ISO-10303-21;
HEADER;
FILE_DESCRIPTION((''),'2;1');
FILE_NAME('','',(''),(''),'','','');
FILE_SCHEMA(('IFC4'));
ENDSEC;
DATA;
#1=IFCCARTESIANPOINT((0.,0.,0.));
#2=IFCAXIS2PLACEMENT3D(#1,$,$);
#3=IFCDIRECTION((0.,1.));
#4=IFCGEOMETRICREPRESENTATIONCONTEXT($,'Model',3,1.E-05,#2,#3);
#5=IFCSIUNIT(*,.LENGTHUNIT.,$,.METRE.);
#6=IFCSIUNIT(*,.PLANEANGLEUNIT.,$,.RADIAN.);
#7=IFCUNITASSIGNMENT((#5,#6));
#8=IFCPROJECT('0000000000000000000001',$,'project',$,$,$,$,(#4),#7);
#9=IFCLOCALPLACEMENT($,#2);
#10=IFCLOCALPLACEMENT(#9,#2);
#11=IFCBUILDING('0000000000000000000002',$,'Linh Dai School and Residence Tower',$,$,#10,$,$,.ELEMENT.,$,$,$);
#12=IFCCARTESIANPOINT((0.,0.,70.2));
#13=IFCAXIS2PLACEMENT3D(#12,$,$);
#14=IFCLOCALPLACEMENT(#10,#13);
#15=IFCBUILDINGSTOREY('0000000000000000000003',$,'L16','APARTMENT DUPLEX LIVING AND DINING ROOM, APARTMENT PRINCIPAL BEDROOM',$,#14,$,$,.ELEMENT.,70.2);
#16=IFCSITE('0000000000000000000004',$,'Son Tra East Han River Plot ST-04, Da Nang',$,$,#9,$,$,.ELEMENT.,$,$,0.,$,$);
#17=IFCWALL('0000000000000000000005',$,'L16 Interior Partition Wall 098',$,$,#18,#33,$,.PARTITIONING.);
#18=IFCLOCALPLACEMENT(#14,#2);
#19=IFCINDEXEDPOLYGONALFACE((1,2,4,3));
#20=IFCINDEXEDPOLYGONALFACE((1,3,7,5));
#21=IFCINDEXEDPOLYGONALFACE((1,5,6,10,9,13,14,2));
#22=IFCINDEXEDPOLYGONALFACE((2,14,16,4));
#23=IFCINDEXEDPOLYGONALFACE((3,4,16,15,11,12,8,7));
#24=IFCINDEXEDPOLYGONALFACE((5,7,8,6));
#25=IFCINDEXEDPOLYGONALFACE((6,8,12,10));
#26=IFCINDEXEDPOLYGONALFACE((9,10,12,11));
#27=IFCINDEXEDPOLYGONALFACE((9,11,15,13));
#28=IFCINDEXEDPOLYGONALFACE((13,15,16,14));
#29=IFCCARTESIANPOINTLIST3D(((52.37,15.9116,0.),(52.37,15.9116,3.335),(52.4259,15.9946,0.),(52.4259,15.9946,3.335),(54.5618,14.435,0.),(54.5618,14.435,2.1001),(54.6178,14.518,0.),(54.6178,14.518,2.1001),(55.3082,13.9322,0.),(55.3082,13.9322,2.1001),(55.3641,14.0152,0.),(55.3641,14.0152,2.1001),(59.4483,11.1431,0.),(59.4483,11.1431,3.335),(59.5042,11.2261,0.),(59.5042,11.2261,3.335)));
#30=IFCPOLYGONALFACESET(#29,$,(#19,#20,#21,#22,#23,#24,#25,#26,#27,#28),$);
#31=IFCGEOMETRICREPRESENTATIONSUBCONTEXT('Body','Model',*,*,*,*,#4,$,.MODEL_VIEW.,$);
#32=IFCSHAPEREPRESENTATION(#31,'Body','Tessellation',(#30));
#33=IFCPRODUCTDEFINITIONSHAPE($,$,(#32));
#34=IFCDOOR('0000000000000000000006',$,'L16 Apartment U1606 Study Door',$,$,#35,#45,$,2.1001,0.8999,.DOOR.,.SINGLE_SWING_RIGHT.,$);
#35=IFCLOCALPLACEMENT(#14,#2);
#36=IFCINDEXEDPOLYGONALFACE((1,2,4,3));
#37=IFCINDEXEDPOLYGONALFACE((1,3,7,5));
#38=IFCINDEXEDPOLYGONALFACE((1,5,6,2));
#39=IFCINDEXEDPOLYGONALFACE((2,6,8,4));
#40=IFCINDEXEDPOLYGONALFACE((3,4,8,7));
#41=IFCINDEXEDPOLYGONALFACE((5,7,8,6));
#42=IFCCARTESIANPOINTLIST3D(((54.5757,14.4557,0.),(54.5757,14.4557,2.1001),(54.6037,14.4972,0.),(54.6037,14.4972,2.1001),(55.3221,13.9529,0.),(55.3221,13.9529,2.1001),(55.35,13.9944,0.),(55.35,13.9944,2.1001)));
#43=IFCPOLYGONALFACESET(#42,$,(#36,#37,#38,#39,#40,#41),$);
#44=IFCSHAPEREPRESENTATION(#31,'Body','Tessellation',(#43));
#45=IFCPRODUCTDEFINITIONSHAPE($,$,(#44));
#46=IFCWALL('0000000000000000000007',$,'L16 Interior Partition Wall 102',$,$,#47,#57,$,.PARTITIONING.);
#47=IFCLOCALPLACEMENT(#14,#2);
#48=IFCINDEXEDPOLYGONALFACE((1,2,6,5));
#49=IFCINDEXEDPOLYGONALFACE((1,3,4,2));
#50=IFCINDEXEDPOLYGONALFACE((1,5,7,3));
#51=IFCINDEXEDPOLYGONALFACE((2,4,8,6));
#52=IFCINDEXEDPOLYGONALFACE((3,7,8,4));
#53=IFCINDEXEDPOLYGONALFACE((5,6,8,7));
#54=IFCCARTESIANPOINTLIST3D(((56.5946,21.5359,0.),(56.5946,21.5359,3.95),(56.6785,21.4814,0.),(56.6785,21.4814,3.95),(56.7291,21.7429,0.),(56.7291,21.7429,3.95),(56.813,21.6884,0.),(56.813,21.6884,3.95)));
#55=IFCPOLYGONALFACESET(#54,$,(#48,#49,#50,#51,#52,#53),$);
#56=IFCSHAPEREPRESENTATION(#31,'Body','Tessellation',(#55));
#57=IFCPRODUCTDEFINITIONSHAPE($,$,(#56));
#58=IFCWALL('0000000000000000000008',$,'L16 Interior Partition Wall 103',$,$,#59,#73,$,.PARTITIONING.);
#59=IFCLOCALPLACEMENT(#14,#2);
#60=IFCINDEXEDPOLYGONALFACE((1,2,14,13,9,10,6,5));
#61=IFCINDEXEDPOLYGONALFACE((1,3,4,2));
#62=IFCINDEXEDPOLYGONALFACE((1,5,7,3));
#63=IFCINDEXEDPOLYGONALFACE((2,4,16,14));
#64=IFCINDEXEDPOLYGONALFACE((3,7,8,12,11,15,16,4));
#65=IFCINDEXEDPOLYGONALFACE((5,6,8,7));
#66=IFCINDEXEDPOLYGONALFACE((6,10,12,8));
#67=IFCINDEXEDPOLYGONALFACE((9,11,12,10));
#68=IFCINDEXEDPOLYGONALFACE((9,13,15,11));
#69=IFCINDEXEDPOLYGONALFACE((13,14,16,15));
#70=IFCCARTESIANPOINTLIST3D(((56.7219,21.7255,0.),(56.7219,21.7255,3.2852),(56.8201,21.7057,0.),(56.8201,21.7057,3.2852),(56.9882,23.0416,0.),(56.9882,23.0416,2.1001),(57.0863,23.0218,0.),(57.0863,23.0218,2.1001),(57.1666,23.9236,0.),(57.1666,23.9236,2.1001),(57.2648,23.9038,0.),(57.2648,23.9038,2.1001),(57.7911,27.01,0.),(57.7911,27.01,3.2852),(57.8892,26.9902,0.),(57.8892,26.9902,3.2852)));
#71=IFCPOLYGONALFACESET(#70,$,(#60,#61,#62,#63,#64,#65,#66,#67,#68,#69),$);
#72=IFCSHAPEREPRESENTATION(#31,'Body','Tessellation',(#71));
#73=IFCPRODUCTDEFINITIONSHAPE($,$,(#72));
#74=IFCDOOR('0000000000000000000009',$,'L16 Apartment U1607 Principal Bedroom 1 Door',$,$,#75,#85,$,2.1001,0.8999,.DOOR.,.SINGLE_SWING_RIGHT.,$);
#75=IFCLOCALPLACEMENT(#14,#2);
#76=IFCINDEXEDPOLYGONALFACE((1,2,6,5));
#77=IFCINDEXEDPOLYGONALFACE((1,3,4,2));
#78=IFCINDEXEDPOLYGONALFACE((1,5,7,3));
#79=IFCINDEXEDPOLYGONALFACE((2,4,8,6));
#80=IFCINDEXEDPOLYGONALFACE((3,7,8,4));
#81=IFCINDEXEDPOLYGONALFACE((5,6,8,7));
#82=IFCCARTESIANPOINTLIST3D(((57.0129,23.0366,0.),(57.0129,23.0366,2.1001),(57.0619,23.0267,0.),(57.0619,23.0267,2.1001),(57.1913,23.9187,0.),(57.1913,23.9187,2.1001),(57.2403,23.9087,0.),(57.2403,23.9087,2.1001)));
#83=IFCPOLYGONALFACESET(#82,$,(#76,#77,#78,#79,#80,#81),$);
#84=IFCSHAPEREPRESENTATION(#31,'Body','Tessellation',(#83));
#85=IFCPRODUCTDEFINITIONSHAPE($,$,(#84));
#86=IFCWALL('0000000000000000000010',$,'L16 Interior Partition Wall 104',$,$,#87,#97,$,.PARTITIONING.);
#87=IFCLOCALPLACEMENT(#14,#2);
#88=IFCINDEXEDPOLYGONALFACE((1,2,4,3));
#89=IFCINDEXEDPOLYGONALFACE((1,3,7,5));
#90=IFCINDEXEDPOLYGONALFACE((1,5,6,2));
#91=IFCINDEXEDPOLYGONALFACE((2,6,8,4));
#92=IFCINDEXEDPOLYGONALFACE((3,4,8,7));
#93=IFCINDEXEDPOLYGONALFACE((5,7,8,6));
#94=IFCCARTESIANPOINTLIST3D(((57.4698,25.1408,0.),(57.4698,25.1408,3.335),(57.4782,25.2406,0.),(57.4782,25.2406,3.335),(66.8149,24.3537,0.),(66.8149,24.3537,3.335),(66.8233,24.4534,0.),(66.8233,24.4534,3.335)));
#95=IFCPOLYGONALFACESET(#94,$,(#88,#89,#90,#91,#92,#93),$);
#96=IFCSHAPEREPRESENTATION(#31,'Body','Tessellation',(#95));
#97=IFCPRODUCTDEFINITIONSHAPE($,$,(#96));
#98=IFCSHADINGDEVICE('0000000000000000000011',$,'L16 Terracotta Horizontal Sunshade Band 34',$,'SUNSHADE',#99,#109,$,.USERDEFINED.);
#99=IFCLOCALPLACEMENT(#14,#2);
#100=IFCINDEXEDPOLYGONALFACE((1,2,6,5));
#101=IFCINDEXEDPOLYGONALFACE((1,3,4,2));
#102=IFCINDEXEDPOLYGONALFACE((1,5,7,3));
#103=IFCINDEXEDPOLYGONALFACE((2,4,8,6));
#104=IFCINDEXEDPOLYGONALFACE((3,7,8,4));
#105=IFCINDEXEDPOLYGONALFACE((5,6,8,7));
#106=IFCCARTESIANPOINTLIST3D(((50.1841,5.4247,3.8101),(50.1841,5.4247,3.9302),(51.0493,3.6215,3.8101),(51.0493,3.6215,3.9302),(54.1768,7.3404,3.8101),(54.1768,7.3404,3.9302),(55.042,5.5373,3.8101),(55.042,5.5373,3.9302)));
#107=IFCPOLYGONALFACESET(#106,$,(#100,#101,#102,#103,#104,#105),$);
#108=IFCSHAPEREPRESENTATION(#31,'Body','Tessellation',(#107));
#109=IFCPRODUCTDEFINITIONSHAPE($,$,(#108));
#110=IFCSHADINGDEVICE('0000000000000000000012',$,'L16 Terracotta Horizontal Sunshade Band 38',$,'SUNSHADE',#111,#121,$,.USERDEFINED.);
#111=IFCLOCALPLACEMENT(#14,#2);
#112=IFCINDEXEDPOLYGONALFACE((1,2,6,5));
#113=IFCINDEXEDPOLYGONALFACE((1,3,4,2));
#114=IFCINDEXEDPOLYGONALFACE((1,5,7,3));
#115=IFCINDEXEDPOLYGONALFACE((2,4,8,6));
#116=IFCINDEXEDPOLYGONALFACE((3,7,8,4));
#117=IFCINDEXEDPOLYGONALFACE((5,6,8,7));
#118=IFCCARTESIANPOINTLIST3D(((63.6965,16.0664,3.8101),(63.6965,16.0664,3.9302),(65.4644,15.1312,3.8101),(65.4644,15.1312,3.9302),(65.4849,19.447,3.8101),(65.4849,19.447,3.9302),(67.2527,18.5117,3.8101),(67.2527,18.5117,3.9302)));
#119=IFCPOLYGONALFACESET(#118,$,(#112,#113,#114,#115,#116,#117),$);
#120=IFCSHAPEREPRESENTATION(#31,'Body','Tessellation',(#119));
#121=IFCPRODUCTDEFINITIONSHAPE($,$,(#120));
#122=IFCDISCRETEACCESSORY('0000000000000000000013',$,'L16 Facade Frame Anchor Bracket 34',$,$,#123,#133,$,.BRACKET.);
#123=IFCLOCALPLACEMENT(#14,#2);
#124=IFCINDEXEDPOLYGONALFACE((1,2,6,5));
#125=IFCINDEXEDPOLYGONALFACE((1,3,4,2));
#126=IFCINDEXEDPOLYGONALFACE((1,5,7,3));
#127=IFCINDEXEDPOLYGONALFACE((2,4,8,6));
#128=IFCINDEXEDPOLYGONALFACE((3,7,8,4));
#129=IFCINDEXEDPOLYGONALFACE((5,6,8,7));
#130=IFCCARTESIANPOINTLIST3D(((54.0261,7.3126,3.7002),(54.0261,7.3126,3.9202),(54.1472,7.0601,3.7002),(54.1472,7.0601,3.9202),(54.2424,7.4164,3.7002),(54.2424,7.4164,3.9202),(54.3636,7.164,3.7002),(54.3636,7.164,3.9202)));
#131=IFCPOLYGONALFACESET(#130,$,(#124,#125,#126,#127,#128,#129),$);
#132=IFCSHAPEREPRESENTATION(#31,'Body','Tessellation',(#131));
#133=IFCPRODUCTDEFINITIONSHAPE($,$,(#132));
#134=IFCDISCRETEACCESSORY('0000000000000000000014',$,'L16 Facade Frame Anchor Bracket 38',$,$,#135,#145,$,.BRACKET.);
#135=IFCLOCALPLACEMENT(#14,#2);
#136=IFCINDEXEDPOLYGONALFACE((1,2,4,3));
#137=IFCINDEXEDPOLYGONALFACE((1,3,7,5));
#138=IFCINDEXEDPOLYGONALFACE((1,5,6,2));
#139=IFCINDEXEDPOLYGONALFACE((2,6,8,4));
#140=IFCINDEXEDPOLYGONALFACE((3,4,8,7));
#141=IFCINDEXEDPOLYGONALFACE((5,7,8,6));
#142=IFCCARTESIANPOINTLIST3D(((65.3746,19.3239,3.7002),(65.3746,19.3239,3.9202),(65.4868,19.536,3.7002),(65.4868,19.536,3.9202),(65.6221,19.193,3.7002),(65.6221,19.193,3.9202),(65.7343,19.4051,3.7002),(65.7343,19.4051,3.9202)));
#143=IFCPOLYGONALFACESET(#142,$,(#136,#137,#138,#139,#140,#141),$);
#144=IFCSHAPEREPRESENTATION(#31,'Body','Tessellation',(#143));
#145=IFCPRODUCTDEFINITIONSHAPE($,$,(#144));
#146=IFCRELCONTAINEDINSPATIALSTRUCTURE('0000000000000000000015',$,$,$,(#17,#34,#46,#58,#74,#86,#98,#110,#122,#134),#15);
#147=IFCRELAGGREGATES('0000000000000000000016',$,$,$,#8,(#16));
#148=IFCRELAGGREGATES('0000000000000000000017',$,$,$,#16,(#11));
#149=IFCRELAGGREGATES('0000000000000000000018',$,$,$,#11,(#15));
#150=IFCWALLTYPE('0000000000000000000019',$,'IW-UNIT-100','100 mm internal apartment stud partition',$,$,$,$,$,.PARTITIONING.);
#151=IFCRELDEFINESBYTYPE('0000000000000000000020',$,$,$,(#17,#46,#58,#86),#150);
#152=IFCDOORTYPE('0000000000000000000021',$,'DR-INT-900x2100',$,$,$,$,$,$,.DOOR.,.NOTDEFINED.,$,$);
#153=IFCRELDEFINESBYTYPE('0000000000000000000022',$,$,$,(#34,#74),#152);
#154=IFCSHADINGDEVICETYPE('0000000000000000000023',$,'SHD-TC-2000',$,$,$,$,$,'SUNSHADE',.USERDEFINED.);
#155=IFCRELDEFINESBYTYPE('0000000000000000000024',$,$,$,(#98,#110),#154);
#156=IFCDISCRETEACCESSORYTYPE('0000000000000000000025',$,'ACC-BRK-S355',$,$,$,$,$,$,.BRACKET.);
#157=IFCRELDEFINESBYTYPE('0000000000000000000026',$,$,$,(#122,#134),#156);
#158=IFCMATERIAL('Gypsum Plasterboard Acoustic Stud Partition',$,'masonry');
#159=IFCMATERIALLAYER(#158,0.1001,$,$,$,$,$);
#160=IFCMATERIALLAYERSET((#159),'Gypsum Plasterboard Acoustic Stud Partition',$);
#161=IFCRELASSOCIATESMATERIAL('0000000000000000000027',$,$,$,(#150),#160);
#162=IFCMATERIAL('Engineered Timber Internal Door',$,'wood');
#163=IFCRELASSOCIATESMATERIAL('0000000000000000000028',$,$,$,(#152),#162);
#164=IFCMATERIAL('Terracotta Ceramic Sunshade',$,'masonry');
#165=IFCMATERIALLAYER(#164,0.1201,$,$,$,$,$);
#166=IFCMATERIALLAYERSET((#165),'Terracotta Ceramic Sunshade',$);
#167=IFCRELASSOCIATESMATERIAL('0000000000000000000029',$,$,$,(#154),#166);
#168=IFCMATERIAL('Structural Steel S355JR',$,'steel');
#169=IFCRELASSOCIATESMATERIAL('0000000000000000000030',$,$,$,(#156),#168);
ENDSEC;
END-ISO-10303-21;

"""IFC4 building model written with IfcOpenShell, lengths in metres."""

from ifc_helpers import new_model, si_unit, direction, frame, frame_2d, origin, origin_2d, place, context, subcontext, project, spatial, rectangle, extrude, source, transform, mapped, material, layer, layer_set, type_object, element, fill, save


model = new_model("IFC4")

# Units and contexts
model_context = context("Model", 3, precision=1e-05, world=origin(), true_north=direction((0.0, 1.0)))
body_context = subcontext(model_context, "Body", "Model", "MODEL_VIEW")
ifc_project = project(units=[si_unit("LENGTHUNIT", "METRE"), si_unit("PLANEANGLEUNIT", "RADIAN")], contexts=[model_context])

# Site, building, storey
site_placement = place(None, origin())
site = spatial("IfcSite", under=ifc_project, at=site_placement, Name="Son Tra East Han River Plot ST-04, Da Nang", CompositionType="ELEMENT", RefElevation=0.0)
building_placement = place(site_placement, origin())
building = spatial("IfcBuilding", under=site, at=building_placement, Name="Linh Dai School and Residence Tower", CompositionType="ELEMENT")
storey_placement = place(building_placement, frame((0.0, 0.0, 70.2)))
storey = spatial("IfcBuildingStorey", under=building, at=storey_placement, Name="L16", Description="APARTMENT DUPLEX LIVING AND DINING ROOM, APARTMENT PRINCIPAL BEDROOM", CompositionType="ELEMENT", Elevation=70.2)

# Shared definitions
ifc_material_1 = material(Name="Structural Steel S355JR", Category="steel")

# Shared definitions
ifc_material_2 = material(Name="Gypsum Plasterboard Acoustic Stud Partition", Category="masonry")
ifc_layer_1 = layer(ifc_material_2, 0.1001)
ifc_layer_set_1 = layer_set([ifc_layer_1], Name="Gypsum Plasterboard Acoustic Stud Partition")
wall_type_1 = type_object("IfcWallType", Name="IW-UNIT-100", Description="100 mm internal apartment stud partition", PredefinedType="PARTITIONING", material=ifc_layer_set_1)

# Wall, opening, door
wall_1_placement = place(storey_placement, frame((52.3979, 15.9531, 0.0), z_axis=(0.0, 0.0, 1.0), x_axis=(0.829356, -0.55872, 0.0)))
wall_1 = element("IfcWall", 1, at=wall_1_placement, inside=storey, type_object=wall_type_1, Name="L16 Interior Partition Wall 098", PredefinedType="PARTITIONING", context=body_context, shape_type="SweptSolid", body=[
    extrude(rectangle(XDim=8.5347, YDim=0.1001, at=frame_2d((4.2673, 0.0))), origin(), (0.0, 0.0, 1.0), 3.335),
])
opening_1_placement = place(wall_1_placement, frame((2.6428, 0.0, 0.0)))
opening_1 = element("IfcOpeningElement", 2, at=opening_1_placement, cuts=wall_1, PredefinedType="OPENING", context=body_context, shape_type="SweptSolid", body=[
    extrude(rectangle(XDim=0.8999, YDim=2.1001, at=origin_2d()), frame((0.45, 0.0601, 1.05), z_axis=(0.0, -1.0, 0.0), x_axis=(1.0, 0.0, 0.0)), (0.0, 0.0, 1.0), 0.1201),
])
ifc_material_3 = material(Name="Engineered Timber Internal Door", Category="wood")
door_type = type_object("IfcDoorType", Name="DR-INT-900x2100", OperationType="NOTDEFINED", PredefinedType="DOOR", material=ifc_material_3)
shared_shape_1 = source(origin(), body_context, "Body", "SweptSolid", [
    extrude(rectangle(XDim=0.8999, YDim=2.1001, at=origin_2d()), frame((0.45, 0.0249, 1.05), z_axis=(0.0, -1.0, 0.0), x_axis=(1.0, 0.0, 0.0)), (0.0, 0.0, 1.0), 0.05),
])
door_1_placement = place(opening_1_placement, origin())
door_1 = element("IfcDoor", 3, at=door_1_placement, inside=storey, type_object=door_type, Name="L16 Apartment U1606 Study Door", OperationType="SINGLE_SWING_RIGHT", OverallHeight=2.1001, OverallWidth=0.8999, PredefinedType="DOOR", context=body_context, shape_type="MappedRepresentation", body=[
    mapped(shared_shape_1, transform((0.0, 0.0, 0.0), x_axis=(1.0, 0.0, 0.0), y_axis=(0.0, 1.0, 0.0), z_axis=(0.0, 0.0, 1.0), scale=1.0)),
])
fill(opening_1, door_1)

# Wall
wall_2_placement = place(storey_placement, frame((56.6365, 21.5085, 0.0), z_axis=(0.0, 0.0, 1.0), x_axis=(0.544849, 0.838534, 0.0)))
element("IfcWall", 4, at=wall_2_placement, inside=storey, type_object=wall_type_1, Name="L16 Interior Partition Wall 102", PredefinedType="PARTITIONING", context=body_context, shape_type="SweptSolid", body=[
    extrude(rectangle(XDim=0.2468, YDim=0.1001, at=frame_2d((0.1235, 0.0))), origin(), (0.0, 0.0, 1.0), 3.95),
])

# Wall, opening, door
wall_3_placement = place(storey_placement, frame((56.771, 21.7156, 0.0), z_axis=(0.0, 0.0, 1.0), x_axis=(0.198293, 0.980143, 0.0)))
wall_3 = element("IfcWall", 5, at=wall_3_placement, inside=storey, type_object=wall_type_1, Name="L16 Interior Partition Wall 103", PredefinedType="PARTITIONING", context=body_context, shape_type="SweptSolid", body=[
    extrude(rectangle(XDim=5.3916, YDim=0.1001, at=frame_2d((2.6958, 0.0))), origin(), (0.0, 0.0, 1.0), 3.2852),
])
opening_2_placement = place(wall_3_placement, frame((1.3428, 0.0, 0.0)))
opening_2 = element("IfcOpeningElement", 6, at=opening_2_placement, cuts=wall_3, PredefinedType="OPENING", context=body_context, shape_type="SweptSolid", body=[
    extrude(rectangle(XDim=0.8999, YDim=2.1001, at=origin_2d()), frame((0.45, 0.0601, 1.05), z_axis=(0.0, -1.0, 0.0), x_axis=(1.0, 0.0, 0.0)), (0.0, 0.0, 1.0), 0.1201),
])
door_2_placement = place(opening_2_placement, origin())
door_2 = element("IfcDoor", 7, at=door_2_placement, inside=storey, type_object=door_type, Name="L16 Apartment U1607 Principal Bedroom 1 Door", OperationType="SINGLE_SWING_RIGHT", OverallHeight=2.1001, OverallWidth=0.8999, PredefinedType="DOOR", context=body_context, shape_type="MappedRepresentation", body=[
    mapped(shared_shape_1, transform((0.0, 0.0, 0.0), x_axis=(1.0, 0.0, 0.0), y_axis=(0.0, 1.0, 0.0), z_axis=(0.0, 0.0, 1.0), scale=1.0)),
])
fill(opening_2, door_2)

# Wall
wall_4_placement = place(storey_placement, frame((57.4741, 25.1907, 0.0), z_axis=(0.0, 0.0, 1.0), x_axis=(0.996472, -0.083931, 0.0)))
element("IfcWall", 8, at=wall_4_placement, inside=storey, type_object=wall_type_1, Name="L16 Interior Partition Wall 104", PredefinedType="PARTITIONING", context=body_context, shape_type="SweptSolid", body=[
    extrude(rectangle(XDim=9.3782, YDim=0.1001, at=frame_2d((4.689, 0.0))), origin(), (0.0, 0.0, 1.0), 3.335),
])

# Shading devices
ifc_material_4 = material(Name="Terracotta Ceramic Sunshade", Category="masonry")
ifc_layer_2 = layer(ifc_material_4, 0.1201)
ifc_layer_set_2 = layer_set([ifc_layer_2], Name="Terracotta Ceramic Sunshade")
shading_device_type = type_object("IfcShadingDeviceType", Name="SHD-TC-2000", ElementType="SUNSHADE", PredefinedType="USERDEFINED", material=ifc_layer_set_2)
shared_shape_2 = source(origin(), body_context, "Body", "SweptSolid", [
    extrude(rectangle(XDim=4.4285, YDim=2.0, at=origin_2d()), origin(), (0.0, 0.0, 1.0), 0.1201),
])
shading_device_1_placement = place(storey_placement, frame((52.613, 5.481, 3.8101), z_axis=(0.0, 0.0, 1.0), x_axis=(-0.901585, -0.432603, 0.0)))
element("IfcShadingDevice", 9, at=shading_device_1_placement, inside=storey, type_object=shading_device_type, Name="L16 Terracotta Horizontal Sunshade Band 34", ObjectType="SUNSHADE", PredefinedType="USERDEFINED", context=body_context, shape_type="MappedRepresentation", body=[
    mapped(shared_shape_2, transform((0.0, 0.0, 0.0), x_axis=(1.0, 0.0, 0.0), y_axis=(0.0, 1.0, 0.0), z_axis=(0.0, 0.0, 1.0), scale=1.0)),
])
shared_shape_3 = source(origin(), body_context, "Body", "SweptSolid", [
    extrude(rectangle(XDim=3.8245, YDim=2.0, at=origin_2d()), origin(), (0.0, 0.0, 1.0), 0.1201),
])
shading_device_2_placement = place(storey_placement, frame((65.4746, 17.2891, 3.8101), z_axis=(0.0, 0.0, 1.0), x_axis=(-0.467612, -0.883934, 0.0)))
element("IfcShadingDevice", 10, at=shading_device_2_placement, inside=storey, type_object=shading_device_type, Name="L16 Terracotta Horizontal Sunshade Band 38", ObjectType="SUNSHADE", PredefinedType="USERDEFINED", context=body_context, shape_type="MappedRepresentation", body=[
    mapped(shared_shape_3, transform((0.0, 0.0, 0.0), x_axis=(1.0, 0.0, 0.0), y_axis=(0.0, 1.0, 0.0), z_axis=(0.0, 0.0, 1.0), scale=1.0)),
])

# Discrete accessories
discrete_accessory_type = type_object("IfcDiscreteAccessoryType", Name="ACC-BRK-S355", PredefinedType="BRACKET", material=ifc_material_1)
shared_shape_4 = source(origin(), body_context, "Body", "SweptSolid", [
    extrude(rectangle(XDim=0.28, YDim=0.24, at=origin_2d()), origin(), (0.0, 0.0, 1.0), 0.22),
])
for number, where, z_axis, x_axis, name in (
    (11, (54.1948, 7.2383, 3.7002), (0.0, 0.0, 1.0), (0.432603, -0.901585, 0.0), "L16 Facade Frame Anchor Bracket 34"),
    (12, (65.5544, 19.3645, 3.7002), (0.0, 0.0, 1.0), (0.883934, -0.467612, 0.0), "L16 Facade Frame Anchor Bracket 38"),
):
    element("IfcDiscreteAccessory", number, at=place(storey_placement, frame(where, z_axis=z_axis, x_axis=x_axis)), inside=storey, type_object=discrete_accessory_type, Name=name, PredefinedType="BRACKET", context=body_context, shape_type="MappedRepresentation", body=[
        mapped(shared_shape_4, transform((0.0, 0.0, 0.0), x_axis=(1.0, 0.0, 0.0), y_axis=(0.0, 1.0, 0.0), z_axis=(0.0, 0.0, 1.0), scale=1.0)),
    ])

save(model, "model.ifc")
